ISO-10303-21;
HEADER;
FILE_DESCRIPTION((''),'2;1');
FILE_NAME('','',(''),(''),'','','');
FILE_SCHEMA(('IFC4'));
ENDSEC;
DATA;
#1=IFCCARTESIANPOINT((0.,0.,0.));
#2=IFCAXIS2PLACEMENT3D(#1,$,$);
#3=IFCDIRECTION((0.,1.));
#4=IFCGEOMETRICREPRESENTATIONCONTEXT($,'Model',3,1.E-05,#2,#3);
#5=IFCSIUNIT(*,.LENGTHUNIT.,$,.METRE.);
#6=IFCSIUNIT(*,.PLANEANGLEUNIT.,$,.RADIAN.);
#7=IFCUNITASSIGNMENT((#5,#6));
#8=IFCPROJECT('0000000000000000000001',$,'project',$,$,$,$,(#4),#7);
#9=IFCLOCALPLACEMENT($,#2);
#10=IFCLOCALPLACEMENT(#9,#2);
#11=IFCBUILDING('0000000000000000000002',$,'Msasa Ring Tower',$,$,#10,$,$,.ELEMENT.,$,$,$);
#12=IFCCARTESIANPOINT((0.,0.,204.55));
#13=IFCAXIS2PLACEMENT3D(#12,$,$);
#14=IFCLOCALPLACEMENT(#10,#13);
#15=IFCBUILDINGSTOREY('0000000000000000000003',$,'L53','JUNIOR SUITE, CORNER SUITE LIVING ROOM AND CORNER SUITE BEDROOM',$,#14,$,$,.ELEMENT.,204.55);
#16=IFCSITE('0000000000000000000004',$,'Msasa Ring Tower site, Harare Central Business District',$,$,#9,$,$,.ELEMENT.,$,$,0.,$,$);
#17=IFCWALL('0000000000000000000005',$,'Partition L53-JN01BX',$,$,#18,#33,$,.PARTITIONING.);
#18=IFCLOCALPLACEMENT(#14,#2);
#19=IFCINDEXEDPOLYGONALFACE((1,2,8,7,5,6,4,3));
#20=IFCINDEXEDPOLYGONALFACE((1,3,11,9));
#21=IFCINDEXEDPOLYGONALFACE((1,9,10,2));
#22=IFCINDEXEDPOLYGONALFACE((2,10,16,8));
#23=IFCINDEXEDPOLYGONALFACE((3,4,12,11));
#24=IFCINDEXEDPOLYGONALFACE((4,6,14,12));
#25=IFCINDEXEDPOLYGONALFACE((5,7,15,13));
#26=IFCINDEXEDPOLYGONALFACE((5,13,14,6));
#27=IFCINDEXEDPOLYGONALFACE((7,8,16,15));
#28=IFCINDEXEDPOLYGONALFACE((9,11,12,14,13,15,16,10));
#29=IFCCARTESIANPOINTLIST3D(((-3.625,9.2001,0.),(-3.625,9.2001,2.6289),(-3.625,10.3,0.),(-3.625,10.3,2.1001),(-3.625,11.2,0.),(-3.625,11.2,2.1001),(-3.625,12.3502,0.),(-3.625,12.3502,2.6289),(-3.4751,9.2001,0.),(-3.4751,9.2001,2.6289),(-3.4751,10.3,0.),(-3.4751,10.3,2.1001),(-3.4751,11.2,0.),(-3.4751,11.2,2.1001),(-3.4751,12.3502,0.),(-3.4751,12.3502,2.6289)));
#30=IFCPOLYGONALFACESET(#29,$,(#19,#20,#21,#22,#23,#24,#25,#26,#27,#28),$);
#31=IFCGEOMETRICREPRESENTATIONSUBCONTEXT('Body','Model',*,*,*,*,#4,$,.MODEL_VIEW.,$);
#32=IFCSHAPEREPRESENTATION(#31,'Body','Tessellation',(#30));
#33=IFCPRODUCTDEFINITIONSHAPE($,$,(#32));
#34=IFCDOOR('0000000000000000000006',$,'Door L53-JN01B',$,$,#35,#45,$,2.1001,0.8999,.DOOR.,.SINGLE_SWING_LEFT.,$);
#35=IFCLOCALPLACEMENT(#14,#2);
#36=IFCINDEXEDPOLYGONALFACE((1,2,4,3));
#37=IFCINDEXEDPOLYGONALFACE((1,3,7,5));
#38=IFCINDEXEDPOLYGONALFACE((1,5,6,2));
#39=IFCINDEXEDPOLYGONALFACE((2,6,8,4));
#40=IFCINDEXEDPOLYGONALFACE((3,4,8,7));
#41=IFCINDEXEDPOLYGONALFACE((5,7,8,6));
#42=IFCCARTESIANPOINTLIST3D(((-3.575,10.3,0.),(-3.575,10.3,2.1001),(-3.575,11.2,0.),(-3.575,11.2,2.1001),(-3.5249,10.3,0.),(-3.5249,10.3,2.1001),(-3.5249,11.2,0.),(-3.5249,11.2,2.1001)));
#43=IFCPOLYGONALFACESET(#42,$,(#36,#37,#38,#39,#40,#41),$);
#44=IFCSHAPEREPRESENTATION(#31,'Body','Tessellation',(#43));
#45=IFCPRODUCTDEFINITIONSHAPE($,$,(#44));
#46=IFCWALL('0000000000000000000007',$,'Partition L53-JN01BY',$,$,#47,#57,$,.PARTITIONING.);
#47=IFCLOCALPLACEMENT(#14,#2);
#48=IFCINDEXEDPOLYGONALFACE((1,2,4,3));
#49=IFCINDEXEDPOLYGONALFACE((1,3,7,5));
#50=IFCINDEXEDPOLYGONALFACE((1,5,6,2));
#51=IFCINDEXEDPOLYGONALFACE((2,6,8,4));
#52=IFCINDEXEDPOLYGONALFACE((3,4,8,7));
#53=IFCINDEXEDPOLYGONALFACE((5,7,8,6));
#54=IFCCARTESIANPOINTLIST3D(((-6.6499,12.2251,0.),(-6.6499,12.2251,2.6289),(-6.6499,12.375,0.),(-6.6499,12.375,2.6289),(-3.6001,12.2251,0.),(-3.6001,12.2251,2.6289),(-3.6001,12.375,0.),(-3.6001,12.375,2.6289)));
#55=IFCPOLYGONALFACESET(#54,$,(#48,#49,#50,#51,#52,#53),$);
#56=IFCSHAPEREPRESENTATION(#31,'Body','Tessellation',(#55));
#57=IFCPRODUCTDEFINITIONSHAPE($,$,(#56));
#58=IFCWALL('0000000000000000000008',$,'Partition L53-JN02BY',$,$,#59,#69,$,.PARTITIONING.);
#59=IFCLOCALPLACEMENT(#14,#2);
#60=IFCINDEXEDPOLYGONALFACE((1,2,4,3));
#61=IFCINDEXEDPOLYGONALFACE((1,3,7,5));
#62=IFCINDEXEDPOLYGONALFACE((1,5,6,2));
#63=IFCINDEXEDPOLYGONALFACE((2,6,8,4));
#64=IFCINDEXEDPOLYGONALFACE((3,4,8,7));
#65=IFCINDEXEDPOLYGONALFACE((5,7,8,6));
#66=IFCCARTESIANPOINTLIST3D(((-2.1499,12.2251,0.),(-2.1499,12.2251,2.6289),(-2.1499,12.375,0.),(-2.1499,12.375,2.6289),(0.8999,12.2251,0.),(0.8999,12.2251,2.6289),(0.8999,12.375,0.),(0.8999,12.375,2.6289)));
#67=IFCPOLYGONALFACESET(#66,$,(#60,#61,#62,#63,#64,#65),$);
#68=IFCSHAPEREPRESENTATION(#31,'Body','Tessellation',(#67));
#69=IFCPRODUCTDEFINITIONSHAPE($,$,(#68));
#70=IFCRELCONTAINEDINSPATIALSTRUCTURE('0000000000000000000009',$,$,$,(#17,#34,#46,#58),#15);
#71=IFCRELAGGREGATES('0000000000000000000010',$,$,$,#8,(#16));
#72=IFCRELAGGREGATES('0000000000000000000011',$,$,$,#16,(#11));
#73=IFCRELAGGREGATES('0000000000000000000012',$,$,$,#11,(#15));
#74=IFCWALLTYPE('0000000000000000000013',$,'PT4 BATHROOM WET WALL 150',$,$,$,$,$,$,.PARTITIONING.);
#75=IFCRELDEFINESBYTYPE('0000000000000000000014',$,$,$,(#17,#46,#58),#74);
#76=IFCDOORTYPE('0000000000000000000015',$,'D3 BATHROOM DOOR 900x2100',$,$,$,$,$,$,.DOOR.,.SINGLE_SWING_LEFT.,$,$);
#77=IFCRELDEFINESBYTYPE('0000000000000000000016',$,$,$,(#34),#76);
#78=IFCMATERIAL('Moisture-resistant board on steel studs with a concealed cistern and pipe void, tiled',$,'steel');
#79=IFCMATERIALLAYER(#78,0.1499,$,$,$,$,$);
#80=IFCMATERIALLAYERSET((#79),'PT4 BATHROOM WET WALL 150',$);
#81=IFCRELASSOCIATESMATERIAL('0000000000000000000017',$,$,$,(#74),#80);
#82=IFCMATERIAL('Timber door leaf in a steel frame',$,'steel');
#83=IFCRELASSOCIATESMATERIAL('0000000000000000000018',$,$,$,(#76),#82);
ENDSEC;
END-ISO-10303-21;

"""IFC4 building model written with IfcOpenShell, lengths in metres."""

from ifc_helpers import new_model, si_unit, direction, frame, frame_2d, origin, place, context, subcontext, project, spatial, rectangle, extrude, material, layer, layer_set, type_object, element, fill, save


model = new_model("IFC4")

# Units and contexts
model_context = context("Model", 3, precision=1e-05, world=origin(), true_north=direction((0.0, 1.0)))
body_context = subcontext(model_context, "Body", "Model", "MODEL_VIEW")
ifc_project = project(units=[si_unit("LENGTHUNIT", "METRE"), si_unit("PLANEANGLEUNIT", "RADIAN")], contexts=[model_context])

# Site, building, storey
site_placement = place(None, origin())
site = spatial("IfcSite", under=ifc_project, at=site_placement, Name="Msasa Ring Tower site, Harare Central Business District", CompositionType="ELEMENT", RefElevation=0.0)
building_placement = place(site_placement, origin())
building = spatial("IfcBuilding", under=site, at=building_placement, Name="Msasa Ring Tower", CompositionType="ELEMENT")
storey_placement = place(building_placement, frame((0.0, 0.0, 204.55)))
storey = spatial("IfcBuildingStorey", under=building, at=storey_placement, Name="L53", Description="JUNIOR SUITE, CORNER SUITE LIVING ROOM AND CORNER SUITE BEDROOM", CompositionType="ELEMENT", Elevation=204.55)

# Shared definitions
ifc_material_1 = material(Name="Moisture-resistant board on steel studs with a concealed cistern and pipe void, tiled", Category="steel")
ifc_layer_1 = layer(ifc_material_1, 0.1499)
ifc_layer_set_1 = layer_set([ifc_layer_1], Name="PT4 BATHROOM WET WALL 150")
wall_type_1 = type_object("IfcWallType", Name="PT4 BATHROOM WET WALL 150", PredefinedType="PARTITIONING", material=ifc_layer_set_1)
ifc_material_2 = material(Name="Timber door leaf in a steel frame", Category="steel")
door_type = type_object("IfcDoorType", Name="D3 BATHROOM DOOR 900x2100", OperationType="SINGLE_SWING_LEFT", PredefinedType="DOOR", material=ifc_material_2)

# Wall, opening, door
wall_1_placement = place(storey_placement, frame((-3.55, 9.2, 0.0), z_axis=(0.0, 0.0, 1.0), x_axis=(0.0, 1.0, 0.0)))
wall_1 = element("IfcWall", 1, at=wall_1_placement, inside=storey, type_object=wall_type_1, Name="Partition L53-JN01BX", PredefinedType="PARTITIONING", context=body_context, shape_type="SweptSolid", body=[
    extrude(rectangle(XDim=3.1501, YDim=0.1499, at=frame_2d((1.5752, 0.0))), origin(), (0.0, 0.0, 1.0), 2.6289),
])
opening_1_placement = place(wall_1_placement, frame((1.1001, 0.0, 0.0)))
opening_1 = element("IfcOpeningElement", 2, at=opening_1_placement, cuts=wall_1, PredefinedType="OPENING", context=body_context, shape_type="SweptSolid", body=[
    extrude(rectangle(XDim=0.8999, YDim=2.1001, at=frame_2d((0.45, 1.05))), frame((0.0, 0.085, 0.0), z_axis=(0.0, -1.0, 0.0), x_axis=(1.0, 0.0, 0.0)), (0.0, 0.0, 1.0), 0.1699),
])
door_1_placement = place(opening_1_placement, origin())
door_1 = element("IfcDoor", 3, at=door_1_placement, inside=storey, type_object=door_type, Name="Door L53-JN01B", OperationType="SINGLE_SWING_LEFT", OverallHeight=2.1001, OverallWidth=0.8999, PredefinedType="DOOR", context=body_context, shape_type="SweptSolid", body=[
    extrude(rectangle(XDim=0.8999, YDim=2.1001, at=frame_2d((0.45, 1.05))), frame((0.0, 0.0249, 0.0), z_axis=(0.0, -1.0, 0.0), x_axis=(1.0, 0.0, 0.0)), (0.0, 0.0, 1.0), 0.05),
])
fill(opening_1, door_1)

# Walls
for number, where, z_axis, x_axis, name in (
    (4, (-6.6499, 12.3, 0.0), (0.0, 0.0, 1.0), (1.0, 0.0, 0.0), "Partition L53-JN01BY"),
    (5, (-2.1499, 12.3, 0.0), (0.0, 0.0, 1.0), (1.0, 0.0, 0.0), "Partition L53-JN02BY"),
):
    element("IfcWall", number, at=place(storey_placement, frame(where, z_axis=z_axis, x_axis=x_axis)), inside=storey, type_object=wall_type_1, Name=name, PredefinedType="PARTITIONING", context=body_context, shape_type="SweptSolid", body=[
        extrude(rectangle(XDim=3.0498, YDim=0.1499, at=frame_2d((1.5249, 0.0))), origin(), (0.0, 0.0, 1.0), 2.6289),
    ])

save(model, "model.ifc")
